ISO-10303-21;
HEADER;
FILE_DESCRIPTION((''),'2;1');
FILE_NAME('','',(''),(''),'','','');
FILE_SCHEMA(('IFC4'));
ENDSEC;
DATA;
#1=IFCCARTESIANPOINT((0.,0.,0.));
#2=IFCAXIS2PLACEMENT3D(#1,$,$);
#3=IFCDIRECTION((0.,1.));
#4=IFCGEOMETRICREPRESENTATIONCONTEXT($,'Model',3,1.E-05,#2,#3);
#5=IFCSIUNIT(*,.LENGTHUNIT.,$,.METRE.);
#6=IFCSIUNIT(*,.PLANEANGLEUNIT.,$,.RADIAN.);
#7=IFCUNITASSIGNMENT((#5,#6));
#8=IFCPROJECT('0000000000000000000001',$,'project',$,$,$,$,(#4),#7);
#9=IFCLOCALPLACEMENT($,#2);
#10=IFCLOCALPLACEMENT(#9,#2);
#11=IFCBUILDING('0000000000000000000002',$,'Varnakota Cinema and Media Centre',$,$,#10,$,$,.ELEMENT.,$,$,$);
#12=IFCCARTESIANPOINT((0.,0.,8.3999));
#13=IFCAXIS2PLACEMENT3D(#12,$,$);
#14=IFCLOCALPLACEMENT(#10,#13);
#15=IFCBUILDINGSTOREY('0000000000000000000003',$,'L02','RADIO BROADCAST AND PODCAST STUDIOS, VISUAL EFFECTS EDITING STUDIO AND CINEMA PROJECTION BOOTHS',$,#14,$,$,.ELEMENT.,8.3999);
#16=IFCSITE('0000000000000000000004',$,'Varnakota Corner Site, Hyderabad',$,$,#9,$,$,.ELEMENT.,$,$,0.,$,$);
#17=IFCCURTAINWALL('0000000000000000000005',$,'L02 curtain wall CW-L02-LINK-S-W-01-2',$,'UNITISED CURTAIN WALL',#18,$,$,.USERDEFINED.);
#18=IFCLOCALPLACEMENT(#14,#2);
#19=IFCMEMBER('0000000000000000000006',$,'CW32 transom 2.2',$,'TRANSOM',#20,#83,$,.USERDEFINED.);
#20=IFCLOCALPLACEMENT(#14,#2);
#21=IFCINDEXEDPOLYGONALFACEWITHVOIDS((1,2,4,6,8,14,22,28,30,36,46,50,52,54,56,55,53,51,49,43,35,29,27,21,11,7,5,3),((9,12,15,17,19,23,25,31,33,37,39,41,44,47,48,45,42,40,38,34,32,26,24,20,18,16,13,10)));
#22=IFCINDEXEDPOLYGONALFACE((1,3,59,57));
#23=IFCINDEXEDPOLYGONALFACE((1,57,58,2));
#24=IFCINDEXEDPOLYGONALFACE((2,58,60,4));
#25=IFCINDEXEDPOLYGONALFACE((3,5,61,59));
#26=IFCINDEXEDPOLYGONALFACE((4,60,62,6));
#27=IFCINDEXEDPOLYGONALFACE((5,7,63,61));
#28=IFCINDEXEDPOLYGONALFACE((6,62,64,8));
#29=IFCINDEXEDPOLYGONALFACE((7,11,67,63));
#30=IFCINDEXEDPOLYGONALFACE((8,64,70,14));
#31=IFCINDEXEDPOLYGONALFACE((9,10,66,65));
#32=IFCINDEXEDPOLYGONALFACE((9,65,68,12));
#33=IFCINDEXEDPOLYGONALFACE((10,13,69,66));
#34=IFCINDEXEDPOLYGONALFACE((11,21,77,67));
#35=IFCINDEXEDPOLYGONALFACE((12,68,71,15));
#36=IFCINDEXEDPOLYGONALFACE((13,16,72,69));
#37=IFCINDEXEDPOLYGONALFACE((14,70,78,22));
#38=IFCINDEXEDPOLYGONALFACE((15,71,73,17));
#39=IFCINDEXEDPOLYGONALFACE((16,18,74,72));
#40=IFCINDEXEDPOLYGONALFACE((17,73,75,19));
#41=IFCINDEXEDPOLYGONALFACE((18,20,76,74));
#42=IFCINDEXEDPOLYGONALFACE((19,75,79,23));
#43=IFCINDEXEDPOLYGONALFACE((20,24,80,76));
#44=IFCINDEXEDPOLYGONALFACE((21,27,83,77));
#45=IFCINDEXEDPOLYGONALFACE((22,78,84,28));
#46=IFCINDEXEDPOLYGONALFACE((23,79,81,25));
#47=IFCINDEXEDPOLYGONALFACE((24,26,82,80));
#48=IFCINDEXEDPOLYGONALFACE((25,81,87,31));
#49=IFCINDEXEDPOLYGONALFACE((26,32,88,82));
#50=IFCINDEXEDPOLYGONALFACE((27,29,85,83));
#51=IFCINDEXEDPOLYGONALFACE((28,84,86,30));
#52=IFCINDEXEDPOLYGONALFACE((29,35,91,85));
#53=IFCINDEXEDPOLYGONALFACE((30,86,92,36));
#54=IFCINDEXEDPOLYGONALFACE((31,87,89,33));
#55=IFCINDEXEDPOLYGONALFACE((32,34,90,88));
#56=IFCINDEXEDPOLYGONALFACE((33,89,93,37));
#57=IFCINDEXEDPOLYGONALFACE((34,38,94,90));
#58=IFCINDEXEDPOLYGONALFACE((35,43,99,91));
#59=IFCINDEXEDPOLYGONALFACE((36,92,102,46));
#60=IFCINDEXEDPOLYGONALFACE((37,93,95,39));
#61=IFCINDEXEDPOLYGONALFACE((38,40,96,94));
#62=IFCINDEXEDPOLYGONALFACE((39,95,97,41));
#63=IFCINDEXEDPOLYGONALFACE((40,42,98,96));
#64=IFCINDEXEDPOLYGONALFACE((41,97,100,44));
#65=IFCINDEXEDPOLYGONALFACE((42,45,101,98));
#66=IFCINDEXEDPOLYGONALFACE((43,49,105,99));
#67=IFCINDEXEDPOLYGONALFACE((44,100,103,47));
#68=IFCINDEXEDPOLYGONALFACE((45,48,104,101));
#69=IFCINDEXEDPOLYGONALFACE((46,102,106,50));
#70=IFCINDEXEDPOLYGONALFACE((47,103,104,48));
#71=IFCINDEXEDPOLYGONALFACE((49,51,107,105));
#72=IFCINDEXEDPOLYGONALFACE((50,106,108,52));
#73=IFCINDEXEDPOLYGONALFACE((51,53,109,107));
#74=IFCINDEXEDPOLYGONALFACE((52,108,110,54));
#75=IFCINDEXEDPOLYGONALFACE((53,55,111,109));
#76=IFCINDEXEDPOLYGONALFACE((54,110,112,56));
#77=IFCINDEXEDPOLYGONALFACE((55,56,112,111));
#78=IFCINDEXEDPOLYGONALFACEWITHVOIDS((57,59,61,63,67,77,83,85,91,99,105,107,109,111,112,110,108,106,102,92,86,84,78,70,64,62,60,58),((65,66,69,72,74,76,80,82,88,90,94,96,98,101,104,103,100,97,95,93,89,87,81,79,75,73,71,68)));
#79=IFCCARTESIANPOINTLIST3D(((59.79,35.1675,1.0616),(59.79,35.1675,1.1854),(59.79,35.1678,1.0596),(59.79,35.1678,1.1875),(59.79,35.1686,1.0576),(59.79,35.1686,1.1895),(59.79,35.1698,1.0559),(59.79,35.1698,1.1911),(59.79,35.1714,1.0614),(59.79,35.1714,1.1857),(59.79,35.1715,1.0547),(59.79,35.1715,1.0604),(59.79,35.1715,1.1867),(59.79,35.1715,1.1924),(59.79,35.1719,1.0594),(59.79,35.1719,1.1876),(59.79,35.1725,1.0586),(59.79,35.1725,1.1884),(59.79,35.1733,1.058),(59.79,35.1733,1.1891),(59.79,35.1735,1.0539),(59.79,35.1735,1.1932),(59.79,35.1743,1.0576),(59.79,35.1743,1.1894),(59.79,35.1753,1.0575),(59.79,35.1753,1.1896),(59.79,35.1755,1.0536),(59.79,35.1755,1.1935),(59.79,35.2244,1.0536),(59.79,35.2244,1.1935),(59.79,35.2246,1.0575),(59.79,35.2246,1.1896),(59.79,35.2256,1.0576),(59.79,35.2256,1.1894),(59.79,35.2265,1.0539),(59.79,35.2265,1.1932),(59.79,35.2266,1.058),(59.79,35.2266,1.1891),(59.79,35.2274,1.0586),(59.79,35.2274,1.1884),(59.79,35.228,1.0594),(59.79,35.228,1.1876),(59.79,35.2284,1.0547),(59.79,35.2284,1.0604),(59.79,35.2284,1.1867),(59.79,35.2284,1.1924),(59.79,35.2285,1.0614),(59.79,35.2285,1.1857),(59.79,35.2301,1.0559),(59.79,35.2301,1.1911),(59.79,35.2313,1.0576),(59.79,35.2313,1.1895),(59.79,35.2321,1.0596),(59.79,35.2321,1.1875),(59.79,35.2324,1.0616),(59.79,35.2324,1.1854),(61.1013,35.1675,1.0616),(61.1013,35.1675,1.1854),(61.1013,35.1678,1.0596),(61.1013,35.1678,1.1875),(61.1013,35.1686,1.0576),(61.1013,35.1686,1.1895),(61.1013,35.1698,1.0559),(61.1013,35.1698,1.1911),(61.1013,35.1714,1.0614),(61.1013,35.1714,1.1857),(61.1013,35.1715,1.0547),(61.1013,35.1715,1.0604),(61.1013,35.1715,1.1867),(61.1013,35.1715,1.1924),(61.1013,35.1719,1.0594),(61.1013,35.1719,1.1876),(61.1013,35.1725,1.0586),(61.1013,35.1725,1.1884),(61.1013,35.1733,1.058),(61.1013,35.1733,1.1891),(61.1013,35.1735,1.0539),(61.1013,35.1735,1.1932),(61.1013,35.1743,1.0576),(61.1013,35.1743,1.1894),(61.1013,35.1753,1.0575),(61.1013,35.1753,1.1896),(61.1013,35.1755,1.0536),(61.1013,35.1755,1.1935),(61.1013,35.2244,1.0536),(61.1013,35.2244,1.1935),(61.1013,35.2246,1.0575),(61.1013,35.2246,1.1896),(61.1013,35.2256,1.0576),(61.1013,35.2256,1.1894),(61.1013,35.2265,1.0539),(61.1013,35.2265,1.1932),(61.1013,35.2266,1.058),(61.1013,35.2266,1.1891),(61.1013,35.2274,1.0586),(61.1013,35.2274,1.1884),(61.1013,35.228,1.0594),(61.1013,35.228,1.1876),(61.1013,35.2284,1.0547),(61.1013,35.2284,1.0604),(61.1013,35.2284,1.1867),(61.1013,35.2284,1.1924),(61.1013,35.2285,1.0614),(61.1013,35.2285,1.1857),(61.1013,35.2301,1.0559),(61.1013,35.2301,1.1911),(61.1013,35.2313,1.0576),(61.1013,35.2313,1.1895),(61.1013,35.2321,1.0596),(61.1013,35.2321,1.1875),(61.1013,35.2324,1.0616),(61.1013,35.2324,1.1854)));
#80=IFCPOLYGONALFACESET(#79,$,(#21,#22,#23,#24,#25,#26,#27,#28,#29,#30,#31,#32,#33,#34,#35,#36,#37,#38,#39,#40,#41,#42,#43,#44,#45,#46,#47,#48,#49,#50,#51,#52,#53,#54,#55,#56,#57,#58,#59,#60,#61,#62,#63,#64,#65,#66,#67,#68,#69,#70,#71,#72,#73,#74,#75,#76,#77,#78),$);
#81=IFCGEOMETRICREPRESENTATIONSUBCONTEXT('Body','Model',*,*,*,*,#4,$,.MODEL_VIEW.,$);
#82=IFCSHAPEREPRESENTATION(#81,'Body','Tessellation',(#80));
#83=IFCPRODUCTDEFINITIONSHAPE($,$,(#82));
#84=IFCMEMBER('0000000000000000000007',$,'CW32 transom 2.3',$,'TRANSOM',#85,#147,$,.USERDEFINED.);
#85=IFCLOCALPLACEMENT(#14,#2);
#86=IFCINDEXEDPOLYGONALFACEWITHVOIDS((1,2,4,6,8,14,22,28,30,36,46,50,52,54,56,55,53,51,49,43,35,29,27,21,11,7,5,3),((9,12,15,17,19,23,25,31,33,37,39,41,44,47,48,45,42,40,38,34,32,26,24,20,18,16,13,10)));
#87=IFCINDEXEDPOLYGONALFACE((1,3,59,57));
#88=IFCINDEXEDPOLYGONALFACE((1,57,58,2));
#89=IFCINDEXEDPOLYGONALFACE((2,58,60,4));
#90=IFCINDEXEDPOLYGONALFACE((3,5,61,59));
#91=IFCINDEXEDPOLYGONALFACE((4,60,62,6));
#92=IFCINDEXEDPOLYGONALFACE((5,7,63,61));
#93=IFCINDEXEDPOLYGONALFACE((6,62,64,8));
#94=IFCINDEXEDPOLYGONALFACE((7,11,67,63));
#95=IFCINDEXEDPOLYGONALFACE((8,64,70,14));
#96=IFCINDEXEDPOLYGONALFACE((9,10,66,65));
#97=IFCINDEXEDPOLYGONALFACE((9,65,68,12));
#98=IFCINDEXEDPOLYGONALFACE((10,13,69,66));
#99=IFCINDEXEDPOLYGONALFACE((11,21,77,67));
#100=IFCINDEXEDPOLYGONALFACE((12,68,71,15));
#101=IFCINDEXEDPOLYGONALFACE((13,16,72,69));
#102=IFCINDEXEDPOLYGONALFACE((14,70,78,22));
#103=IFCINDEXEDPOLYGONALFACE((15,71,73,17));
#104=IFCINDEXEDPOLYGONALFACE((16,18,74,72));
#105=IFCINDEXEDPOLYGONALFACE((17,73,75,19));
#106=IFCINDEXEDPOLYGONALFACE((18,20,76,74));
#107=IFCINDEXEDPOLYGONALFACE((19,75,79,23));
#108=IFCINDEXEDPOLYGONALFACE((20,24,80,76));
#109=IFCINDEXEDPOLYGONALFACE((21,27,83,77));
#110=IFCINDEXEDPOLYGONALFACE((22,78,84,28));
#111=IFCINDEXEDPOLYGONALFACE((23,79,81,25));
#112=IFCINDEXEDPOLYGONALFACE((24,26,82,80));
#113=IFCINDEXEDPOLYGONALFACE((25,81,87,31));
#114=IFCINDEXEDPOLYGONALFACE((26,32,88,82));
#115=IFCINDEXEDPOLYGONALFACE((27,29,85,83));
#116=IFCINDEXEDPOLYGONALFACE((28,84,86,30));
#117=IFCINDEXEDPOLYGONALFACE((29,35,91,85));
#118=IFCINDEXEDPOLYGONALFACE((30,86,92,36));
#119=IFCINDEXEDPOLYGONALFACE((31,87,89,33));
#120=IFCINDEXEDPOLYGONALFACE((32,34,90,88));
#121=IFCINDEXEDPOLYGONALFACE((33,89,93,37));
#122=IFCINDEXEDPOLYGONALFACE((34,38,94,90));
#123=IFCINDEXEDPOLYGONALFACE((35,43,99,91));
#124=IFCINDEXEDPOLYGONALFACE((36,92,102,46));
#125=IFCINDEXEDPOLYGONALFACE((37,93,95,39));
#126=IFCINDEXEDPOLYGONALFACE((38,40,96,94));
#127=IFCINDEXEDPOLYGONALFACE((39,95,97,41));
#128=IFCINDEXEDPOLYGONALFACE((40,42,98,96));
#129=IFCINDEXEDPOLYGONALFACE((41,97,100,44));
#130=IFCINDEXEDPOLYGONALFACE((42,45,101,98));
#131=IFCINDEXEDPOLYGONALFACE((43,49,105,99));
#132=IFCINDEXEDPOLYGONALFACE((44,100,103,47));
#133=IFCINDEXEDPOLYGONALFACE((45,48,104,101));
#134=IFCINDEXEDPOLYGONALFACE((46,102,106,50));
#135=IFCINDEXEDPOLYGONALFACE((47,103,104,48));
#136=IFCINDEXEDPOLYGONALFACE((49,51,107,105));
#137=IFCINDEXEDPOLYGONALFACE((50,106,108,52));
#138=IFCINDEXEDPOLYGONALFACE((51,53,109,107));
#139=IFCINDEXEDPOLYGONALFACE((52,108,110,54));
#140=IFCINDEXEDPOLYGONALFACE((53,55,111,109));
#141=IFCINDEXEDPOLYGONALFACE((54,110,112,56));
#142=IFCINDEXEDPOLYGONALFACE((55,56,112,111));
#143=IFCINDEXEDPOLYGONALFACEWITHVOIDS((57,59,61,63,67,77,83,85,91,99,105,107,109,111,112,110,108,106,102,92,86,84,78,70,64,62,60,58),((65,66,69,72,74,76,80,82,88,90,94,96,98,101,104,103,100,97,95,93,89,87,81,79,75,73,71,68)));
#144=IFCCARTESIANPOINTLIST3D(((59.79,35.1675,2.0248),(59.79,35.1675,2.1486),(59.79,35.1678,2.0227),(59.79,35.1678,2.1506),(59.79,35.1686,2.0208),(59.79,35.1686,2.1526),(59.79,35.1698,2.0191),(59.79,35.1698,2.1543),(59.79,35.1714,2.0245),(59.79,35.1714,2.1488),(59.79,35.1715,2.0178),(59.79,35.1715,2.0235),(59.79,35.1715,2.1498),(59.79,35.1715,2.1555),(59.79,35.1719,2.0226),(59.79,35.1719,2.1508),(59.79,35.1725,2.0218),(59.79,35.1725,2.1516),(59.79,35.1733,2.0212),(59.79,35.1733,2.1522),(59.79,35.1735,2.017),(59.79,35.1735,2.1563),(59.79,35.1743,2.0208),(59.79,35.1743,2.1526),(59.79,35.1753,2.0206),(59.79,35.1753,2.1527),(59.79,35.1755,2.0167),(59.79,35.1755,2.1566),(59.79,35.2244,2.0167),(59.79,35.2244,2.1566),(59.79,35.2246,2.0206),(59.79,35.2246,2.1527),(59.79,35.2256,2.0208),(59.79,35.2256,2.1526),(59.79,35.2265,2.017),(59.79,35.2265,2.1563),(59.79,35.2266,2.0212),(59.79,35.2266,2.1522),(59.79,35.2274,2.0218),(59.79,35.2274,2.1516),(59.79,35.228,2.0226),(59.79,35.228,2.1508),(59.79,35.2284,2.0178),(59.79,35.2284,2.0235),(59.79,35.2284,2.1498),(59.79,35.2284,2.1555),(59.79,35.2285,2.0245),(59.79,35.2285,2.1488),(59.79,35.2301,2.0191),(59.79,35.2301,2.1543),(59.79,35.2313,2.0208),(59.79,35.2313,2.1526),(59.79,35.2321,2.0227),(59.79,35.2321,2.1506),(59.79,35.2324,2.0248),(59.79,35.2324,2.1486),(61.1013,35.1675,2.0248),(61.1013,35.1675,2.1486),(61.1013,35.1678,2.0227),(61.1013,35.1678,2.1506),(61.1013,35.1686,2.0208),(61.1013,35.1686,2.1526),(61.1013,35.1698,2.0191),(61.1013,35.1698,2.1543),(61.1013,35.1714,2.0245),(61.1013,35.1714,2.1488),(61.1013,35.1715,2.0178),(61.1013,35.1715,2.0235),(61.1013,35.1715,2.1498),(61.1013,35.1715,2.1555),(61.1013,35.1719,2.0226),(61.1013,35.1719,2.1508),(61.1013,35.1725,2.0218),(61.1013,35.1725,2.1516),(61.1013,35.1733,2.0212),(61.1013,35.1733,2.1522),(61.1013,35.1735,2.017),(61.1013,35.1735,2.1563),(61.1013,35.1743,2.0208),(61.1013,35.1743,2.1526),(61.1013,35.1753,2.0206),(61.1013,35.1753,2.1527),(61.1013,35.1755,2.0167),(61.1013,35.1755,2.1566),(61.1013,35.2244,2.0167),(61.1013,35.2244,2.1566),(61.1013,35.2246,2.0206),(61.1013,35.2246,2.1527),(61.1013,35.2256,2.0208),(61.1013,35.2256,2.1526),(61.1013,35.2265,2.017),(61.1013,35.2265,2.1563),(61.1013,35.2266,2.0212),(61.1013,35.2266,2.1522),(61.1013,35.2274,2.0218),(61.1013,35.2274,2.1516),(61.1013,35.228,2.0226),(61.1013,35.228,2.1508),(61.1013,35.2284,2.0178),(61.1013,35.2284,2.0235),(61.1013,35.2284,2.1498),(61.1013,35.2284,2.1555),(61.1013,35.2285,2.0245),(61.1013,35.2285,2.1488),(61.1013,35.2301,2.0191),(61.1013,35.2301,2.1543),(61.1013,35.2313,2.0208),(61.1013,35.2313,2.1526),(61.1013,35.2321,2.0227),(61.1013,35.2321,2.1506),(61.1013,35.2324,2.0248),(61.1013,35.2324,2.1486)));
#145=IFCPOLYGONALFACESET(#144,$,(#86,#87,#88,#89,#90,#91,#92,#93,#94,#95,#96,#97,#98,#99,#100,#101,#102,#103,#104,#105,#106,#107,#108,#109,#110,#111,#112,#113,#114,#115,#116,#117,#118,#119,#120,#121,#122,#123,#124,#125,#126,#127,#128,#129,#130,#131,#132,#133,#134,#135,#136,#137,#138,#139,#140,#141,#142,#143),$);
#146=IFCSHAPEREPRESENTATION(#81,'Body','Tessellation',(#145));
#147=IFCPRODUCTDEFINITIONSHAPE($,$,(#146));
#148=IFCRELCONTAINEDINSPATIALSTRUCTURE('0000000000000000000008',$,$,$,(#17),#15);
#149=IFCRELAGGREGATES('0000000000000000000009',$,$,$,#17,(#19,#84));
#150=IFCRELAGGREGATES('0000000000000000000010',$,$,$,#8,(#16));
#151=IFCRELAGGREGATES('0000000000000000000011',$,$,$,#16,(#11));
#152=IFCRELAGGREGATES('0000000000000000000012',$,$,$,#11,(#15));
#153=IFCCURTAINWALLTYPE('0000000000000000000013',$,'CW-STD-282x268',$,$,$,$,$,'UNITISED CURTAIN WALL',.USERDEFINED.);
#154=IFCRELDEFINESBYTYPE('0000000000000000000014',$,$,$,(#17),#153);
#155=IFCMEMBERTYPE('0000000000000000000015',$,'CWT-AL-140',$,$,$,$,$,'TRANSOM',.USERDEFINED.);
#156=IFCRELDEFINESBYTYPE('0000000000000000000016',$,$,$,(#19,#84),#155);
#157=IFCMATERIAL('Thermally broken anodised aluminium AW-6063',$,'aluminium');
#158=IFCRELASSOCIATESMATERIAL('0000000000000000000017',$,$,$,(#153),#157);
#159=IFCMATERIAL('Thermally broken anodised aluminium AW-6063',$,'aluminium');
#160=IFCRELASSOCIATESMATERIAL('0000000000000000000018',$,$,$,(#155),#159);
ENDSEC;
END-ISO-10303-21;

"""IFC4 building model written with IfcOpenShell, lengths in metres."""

from ifc_helpers import new_model, si_unit, direction, frame, origin, origin_2d, place, context, subcontext, project, spatial, hollow_rectangle, extrude, material, material_profile, profile_set, type_object, element, aggregate, save


model = new_model("IFC4")

# Units and contexts
model_context = context("Model", 3, precision=1e-05, world=origin(), true_north=direction((0.0, 1.0)))
body_context = subcontext(model_context, "Body", "Model", "MODEL_VIEW")
ifc_project = project(units=[si_unit("LENGTHUNIT", "METRE"), si_unit("PLANEANGLEUNIT", "RADIAN")], contexts=[model_context])

# Site, building, storey
site_placement = place(None, origin())
site = spatial("IfcSite", under=ifc_project, at=site_placement, Name="Varnakota Corner Site, Hyderabad", CompositionType="ELEMENT", RefElevation=0.0)
building_placement = place(site_placement, origin())
building = spatial("IfcBuilding", under=site, at=building_placement, Name="Varnakota Cinema and Media Centre", CompositionType="ELEMENT")
storey_placement = place(building_placement, frame((0.0, 0.0, 8.3999)))
storey = spatial("IfcBuildingStorey", under=building, at=storey_placement, Name="L02", Description="RADIO BROADCAST AND PODCAST STUDIOS, VISUAL EFFECTS EDITING STUDIO AND CINEMA PROJECTION BOOTHS", CompositionType="ELEMENT", Elevation=8.3999)

# Shared definitions
ifc_material_1 = material(Name="Thermally broken anodised aluminium AW-6063", Category="aluminium")
curtain_wall_type_1 = type_object("IfcCurtainWallType", Name="CW-STD-282x268", ElementType="UNITISED CURTAIN WALL", PredefinedType="USERDEFINED", material=ifc_material_1)

# Curtain wall
curtain_wall_1_placement = place(storey_placement, origin())
curtain_wall_1 = element("IfcCurtainWall", 1, at=curtain_wall_1_placement, inside=storey, type_object=curtain_wall_type_1, Name="L02 curtain wall CW-L02-LINK-S-W-01-2", ObjectType="UNITISED CURTAIN WALL", PredefinedType="USERDEFINED")

# Members
ifc_material_2 = material(Name="Thermally broken anodised aluminium AW-6063", Category="aluminium")
ifc_material_profile_1 = material_profile(ifc_material_2, hollow_rectangle(XDim=0.0649, YDim=0.1399, WallThickness=0.0039, InnerFilletRadius=0.0039, OuterFilletRadius=0.0081, at=origin_2d()), Name="AL-TRANSOM 140x65x4")
ifc_profile_set_1 = profile_set([ifc_material_profile_1], Name="Thermally broken anodised aluminium AW-6063")
member_type_1 = type_object("IfcMemberType", Name="CWT-AL-140", ElementType="TRANSOM", PredefinedType="USERDEFINED", material=ifc_profile_set_1)
member_1_placement = place(storey_placement, frame((61.1013, 35.2, 1.1235), z_axis=(-1.0, 0.0, 0.0), x_axis=(0.0, -1.0, 0.0)))
member_1 = element("IfcMember", 2, at=member_1_placement, type_object=member_type_1, Name="CW32 transom 2.2", ObjectType="TRANSOM", PredefinedType="USERDEFINED", context=body_context, shape_type="SweptSolid", body=[
    extrude(hollow_rectangle(XDim=0.0649, YDim=0.1399, WallThickness=0.0039, InnerFilletRadius=0.0039, OuterFilletRadius=0.0081, at=origin_2d()), origin(), (0.0, 0.0, 1.0), 1.3113),
])
member_2_placement = place(storey_placement, frame((61.1013, 35.2, 2.0867), z_axis=(-1.0, 0.0, 0.0), x_axis=(0.0, -1.0, 0.0)))
member_2 = element("IfcMember", 3, at=member_2_placement, type_object=member_type_1, Name="CW32 transom 2.3", ObjectType="TRANSOM", PredefinedType="USERDEFINED", context=body_context, shape_type="SweptSolid", body=[
    extrude(hollow_rectangle(XDim=0.0649, YDim=0.1399, WallThickness=0.0039, InnerFilletRadius=0.0039, OuterFilletRadius=0.0081, at=origin_2d()), origin(), (0.0, 0.0, 1.0), 1.3113),
])

aggregate(curtain_wall_1, [member_1, member_2])

save(model, "model.ifc")
